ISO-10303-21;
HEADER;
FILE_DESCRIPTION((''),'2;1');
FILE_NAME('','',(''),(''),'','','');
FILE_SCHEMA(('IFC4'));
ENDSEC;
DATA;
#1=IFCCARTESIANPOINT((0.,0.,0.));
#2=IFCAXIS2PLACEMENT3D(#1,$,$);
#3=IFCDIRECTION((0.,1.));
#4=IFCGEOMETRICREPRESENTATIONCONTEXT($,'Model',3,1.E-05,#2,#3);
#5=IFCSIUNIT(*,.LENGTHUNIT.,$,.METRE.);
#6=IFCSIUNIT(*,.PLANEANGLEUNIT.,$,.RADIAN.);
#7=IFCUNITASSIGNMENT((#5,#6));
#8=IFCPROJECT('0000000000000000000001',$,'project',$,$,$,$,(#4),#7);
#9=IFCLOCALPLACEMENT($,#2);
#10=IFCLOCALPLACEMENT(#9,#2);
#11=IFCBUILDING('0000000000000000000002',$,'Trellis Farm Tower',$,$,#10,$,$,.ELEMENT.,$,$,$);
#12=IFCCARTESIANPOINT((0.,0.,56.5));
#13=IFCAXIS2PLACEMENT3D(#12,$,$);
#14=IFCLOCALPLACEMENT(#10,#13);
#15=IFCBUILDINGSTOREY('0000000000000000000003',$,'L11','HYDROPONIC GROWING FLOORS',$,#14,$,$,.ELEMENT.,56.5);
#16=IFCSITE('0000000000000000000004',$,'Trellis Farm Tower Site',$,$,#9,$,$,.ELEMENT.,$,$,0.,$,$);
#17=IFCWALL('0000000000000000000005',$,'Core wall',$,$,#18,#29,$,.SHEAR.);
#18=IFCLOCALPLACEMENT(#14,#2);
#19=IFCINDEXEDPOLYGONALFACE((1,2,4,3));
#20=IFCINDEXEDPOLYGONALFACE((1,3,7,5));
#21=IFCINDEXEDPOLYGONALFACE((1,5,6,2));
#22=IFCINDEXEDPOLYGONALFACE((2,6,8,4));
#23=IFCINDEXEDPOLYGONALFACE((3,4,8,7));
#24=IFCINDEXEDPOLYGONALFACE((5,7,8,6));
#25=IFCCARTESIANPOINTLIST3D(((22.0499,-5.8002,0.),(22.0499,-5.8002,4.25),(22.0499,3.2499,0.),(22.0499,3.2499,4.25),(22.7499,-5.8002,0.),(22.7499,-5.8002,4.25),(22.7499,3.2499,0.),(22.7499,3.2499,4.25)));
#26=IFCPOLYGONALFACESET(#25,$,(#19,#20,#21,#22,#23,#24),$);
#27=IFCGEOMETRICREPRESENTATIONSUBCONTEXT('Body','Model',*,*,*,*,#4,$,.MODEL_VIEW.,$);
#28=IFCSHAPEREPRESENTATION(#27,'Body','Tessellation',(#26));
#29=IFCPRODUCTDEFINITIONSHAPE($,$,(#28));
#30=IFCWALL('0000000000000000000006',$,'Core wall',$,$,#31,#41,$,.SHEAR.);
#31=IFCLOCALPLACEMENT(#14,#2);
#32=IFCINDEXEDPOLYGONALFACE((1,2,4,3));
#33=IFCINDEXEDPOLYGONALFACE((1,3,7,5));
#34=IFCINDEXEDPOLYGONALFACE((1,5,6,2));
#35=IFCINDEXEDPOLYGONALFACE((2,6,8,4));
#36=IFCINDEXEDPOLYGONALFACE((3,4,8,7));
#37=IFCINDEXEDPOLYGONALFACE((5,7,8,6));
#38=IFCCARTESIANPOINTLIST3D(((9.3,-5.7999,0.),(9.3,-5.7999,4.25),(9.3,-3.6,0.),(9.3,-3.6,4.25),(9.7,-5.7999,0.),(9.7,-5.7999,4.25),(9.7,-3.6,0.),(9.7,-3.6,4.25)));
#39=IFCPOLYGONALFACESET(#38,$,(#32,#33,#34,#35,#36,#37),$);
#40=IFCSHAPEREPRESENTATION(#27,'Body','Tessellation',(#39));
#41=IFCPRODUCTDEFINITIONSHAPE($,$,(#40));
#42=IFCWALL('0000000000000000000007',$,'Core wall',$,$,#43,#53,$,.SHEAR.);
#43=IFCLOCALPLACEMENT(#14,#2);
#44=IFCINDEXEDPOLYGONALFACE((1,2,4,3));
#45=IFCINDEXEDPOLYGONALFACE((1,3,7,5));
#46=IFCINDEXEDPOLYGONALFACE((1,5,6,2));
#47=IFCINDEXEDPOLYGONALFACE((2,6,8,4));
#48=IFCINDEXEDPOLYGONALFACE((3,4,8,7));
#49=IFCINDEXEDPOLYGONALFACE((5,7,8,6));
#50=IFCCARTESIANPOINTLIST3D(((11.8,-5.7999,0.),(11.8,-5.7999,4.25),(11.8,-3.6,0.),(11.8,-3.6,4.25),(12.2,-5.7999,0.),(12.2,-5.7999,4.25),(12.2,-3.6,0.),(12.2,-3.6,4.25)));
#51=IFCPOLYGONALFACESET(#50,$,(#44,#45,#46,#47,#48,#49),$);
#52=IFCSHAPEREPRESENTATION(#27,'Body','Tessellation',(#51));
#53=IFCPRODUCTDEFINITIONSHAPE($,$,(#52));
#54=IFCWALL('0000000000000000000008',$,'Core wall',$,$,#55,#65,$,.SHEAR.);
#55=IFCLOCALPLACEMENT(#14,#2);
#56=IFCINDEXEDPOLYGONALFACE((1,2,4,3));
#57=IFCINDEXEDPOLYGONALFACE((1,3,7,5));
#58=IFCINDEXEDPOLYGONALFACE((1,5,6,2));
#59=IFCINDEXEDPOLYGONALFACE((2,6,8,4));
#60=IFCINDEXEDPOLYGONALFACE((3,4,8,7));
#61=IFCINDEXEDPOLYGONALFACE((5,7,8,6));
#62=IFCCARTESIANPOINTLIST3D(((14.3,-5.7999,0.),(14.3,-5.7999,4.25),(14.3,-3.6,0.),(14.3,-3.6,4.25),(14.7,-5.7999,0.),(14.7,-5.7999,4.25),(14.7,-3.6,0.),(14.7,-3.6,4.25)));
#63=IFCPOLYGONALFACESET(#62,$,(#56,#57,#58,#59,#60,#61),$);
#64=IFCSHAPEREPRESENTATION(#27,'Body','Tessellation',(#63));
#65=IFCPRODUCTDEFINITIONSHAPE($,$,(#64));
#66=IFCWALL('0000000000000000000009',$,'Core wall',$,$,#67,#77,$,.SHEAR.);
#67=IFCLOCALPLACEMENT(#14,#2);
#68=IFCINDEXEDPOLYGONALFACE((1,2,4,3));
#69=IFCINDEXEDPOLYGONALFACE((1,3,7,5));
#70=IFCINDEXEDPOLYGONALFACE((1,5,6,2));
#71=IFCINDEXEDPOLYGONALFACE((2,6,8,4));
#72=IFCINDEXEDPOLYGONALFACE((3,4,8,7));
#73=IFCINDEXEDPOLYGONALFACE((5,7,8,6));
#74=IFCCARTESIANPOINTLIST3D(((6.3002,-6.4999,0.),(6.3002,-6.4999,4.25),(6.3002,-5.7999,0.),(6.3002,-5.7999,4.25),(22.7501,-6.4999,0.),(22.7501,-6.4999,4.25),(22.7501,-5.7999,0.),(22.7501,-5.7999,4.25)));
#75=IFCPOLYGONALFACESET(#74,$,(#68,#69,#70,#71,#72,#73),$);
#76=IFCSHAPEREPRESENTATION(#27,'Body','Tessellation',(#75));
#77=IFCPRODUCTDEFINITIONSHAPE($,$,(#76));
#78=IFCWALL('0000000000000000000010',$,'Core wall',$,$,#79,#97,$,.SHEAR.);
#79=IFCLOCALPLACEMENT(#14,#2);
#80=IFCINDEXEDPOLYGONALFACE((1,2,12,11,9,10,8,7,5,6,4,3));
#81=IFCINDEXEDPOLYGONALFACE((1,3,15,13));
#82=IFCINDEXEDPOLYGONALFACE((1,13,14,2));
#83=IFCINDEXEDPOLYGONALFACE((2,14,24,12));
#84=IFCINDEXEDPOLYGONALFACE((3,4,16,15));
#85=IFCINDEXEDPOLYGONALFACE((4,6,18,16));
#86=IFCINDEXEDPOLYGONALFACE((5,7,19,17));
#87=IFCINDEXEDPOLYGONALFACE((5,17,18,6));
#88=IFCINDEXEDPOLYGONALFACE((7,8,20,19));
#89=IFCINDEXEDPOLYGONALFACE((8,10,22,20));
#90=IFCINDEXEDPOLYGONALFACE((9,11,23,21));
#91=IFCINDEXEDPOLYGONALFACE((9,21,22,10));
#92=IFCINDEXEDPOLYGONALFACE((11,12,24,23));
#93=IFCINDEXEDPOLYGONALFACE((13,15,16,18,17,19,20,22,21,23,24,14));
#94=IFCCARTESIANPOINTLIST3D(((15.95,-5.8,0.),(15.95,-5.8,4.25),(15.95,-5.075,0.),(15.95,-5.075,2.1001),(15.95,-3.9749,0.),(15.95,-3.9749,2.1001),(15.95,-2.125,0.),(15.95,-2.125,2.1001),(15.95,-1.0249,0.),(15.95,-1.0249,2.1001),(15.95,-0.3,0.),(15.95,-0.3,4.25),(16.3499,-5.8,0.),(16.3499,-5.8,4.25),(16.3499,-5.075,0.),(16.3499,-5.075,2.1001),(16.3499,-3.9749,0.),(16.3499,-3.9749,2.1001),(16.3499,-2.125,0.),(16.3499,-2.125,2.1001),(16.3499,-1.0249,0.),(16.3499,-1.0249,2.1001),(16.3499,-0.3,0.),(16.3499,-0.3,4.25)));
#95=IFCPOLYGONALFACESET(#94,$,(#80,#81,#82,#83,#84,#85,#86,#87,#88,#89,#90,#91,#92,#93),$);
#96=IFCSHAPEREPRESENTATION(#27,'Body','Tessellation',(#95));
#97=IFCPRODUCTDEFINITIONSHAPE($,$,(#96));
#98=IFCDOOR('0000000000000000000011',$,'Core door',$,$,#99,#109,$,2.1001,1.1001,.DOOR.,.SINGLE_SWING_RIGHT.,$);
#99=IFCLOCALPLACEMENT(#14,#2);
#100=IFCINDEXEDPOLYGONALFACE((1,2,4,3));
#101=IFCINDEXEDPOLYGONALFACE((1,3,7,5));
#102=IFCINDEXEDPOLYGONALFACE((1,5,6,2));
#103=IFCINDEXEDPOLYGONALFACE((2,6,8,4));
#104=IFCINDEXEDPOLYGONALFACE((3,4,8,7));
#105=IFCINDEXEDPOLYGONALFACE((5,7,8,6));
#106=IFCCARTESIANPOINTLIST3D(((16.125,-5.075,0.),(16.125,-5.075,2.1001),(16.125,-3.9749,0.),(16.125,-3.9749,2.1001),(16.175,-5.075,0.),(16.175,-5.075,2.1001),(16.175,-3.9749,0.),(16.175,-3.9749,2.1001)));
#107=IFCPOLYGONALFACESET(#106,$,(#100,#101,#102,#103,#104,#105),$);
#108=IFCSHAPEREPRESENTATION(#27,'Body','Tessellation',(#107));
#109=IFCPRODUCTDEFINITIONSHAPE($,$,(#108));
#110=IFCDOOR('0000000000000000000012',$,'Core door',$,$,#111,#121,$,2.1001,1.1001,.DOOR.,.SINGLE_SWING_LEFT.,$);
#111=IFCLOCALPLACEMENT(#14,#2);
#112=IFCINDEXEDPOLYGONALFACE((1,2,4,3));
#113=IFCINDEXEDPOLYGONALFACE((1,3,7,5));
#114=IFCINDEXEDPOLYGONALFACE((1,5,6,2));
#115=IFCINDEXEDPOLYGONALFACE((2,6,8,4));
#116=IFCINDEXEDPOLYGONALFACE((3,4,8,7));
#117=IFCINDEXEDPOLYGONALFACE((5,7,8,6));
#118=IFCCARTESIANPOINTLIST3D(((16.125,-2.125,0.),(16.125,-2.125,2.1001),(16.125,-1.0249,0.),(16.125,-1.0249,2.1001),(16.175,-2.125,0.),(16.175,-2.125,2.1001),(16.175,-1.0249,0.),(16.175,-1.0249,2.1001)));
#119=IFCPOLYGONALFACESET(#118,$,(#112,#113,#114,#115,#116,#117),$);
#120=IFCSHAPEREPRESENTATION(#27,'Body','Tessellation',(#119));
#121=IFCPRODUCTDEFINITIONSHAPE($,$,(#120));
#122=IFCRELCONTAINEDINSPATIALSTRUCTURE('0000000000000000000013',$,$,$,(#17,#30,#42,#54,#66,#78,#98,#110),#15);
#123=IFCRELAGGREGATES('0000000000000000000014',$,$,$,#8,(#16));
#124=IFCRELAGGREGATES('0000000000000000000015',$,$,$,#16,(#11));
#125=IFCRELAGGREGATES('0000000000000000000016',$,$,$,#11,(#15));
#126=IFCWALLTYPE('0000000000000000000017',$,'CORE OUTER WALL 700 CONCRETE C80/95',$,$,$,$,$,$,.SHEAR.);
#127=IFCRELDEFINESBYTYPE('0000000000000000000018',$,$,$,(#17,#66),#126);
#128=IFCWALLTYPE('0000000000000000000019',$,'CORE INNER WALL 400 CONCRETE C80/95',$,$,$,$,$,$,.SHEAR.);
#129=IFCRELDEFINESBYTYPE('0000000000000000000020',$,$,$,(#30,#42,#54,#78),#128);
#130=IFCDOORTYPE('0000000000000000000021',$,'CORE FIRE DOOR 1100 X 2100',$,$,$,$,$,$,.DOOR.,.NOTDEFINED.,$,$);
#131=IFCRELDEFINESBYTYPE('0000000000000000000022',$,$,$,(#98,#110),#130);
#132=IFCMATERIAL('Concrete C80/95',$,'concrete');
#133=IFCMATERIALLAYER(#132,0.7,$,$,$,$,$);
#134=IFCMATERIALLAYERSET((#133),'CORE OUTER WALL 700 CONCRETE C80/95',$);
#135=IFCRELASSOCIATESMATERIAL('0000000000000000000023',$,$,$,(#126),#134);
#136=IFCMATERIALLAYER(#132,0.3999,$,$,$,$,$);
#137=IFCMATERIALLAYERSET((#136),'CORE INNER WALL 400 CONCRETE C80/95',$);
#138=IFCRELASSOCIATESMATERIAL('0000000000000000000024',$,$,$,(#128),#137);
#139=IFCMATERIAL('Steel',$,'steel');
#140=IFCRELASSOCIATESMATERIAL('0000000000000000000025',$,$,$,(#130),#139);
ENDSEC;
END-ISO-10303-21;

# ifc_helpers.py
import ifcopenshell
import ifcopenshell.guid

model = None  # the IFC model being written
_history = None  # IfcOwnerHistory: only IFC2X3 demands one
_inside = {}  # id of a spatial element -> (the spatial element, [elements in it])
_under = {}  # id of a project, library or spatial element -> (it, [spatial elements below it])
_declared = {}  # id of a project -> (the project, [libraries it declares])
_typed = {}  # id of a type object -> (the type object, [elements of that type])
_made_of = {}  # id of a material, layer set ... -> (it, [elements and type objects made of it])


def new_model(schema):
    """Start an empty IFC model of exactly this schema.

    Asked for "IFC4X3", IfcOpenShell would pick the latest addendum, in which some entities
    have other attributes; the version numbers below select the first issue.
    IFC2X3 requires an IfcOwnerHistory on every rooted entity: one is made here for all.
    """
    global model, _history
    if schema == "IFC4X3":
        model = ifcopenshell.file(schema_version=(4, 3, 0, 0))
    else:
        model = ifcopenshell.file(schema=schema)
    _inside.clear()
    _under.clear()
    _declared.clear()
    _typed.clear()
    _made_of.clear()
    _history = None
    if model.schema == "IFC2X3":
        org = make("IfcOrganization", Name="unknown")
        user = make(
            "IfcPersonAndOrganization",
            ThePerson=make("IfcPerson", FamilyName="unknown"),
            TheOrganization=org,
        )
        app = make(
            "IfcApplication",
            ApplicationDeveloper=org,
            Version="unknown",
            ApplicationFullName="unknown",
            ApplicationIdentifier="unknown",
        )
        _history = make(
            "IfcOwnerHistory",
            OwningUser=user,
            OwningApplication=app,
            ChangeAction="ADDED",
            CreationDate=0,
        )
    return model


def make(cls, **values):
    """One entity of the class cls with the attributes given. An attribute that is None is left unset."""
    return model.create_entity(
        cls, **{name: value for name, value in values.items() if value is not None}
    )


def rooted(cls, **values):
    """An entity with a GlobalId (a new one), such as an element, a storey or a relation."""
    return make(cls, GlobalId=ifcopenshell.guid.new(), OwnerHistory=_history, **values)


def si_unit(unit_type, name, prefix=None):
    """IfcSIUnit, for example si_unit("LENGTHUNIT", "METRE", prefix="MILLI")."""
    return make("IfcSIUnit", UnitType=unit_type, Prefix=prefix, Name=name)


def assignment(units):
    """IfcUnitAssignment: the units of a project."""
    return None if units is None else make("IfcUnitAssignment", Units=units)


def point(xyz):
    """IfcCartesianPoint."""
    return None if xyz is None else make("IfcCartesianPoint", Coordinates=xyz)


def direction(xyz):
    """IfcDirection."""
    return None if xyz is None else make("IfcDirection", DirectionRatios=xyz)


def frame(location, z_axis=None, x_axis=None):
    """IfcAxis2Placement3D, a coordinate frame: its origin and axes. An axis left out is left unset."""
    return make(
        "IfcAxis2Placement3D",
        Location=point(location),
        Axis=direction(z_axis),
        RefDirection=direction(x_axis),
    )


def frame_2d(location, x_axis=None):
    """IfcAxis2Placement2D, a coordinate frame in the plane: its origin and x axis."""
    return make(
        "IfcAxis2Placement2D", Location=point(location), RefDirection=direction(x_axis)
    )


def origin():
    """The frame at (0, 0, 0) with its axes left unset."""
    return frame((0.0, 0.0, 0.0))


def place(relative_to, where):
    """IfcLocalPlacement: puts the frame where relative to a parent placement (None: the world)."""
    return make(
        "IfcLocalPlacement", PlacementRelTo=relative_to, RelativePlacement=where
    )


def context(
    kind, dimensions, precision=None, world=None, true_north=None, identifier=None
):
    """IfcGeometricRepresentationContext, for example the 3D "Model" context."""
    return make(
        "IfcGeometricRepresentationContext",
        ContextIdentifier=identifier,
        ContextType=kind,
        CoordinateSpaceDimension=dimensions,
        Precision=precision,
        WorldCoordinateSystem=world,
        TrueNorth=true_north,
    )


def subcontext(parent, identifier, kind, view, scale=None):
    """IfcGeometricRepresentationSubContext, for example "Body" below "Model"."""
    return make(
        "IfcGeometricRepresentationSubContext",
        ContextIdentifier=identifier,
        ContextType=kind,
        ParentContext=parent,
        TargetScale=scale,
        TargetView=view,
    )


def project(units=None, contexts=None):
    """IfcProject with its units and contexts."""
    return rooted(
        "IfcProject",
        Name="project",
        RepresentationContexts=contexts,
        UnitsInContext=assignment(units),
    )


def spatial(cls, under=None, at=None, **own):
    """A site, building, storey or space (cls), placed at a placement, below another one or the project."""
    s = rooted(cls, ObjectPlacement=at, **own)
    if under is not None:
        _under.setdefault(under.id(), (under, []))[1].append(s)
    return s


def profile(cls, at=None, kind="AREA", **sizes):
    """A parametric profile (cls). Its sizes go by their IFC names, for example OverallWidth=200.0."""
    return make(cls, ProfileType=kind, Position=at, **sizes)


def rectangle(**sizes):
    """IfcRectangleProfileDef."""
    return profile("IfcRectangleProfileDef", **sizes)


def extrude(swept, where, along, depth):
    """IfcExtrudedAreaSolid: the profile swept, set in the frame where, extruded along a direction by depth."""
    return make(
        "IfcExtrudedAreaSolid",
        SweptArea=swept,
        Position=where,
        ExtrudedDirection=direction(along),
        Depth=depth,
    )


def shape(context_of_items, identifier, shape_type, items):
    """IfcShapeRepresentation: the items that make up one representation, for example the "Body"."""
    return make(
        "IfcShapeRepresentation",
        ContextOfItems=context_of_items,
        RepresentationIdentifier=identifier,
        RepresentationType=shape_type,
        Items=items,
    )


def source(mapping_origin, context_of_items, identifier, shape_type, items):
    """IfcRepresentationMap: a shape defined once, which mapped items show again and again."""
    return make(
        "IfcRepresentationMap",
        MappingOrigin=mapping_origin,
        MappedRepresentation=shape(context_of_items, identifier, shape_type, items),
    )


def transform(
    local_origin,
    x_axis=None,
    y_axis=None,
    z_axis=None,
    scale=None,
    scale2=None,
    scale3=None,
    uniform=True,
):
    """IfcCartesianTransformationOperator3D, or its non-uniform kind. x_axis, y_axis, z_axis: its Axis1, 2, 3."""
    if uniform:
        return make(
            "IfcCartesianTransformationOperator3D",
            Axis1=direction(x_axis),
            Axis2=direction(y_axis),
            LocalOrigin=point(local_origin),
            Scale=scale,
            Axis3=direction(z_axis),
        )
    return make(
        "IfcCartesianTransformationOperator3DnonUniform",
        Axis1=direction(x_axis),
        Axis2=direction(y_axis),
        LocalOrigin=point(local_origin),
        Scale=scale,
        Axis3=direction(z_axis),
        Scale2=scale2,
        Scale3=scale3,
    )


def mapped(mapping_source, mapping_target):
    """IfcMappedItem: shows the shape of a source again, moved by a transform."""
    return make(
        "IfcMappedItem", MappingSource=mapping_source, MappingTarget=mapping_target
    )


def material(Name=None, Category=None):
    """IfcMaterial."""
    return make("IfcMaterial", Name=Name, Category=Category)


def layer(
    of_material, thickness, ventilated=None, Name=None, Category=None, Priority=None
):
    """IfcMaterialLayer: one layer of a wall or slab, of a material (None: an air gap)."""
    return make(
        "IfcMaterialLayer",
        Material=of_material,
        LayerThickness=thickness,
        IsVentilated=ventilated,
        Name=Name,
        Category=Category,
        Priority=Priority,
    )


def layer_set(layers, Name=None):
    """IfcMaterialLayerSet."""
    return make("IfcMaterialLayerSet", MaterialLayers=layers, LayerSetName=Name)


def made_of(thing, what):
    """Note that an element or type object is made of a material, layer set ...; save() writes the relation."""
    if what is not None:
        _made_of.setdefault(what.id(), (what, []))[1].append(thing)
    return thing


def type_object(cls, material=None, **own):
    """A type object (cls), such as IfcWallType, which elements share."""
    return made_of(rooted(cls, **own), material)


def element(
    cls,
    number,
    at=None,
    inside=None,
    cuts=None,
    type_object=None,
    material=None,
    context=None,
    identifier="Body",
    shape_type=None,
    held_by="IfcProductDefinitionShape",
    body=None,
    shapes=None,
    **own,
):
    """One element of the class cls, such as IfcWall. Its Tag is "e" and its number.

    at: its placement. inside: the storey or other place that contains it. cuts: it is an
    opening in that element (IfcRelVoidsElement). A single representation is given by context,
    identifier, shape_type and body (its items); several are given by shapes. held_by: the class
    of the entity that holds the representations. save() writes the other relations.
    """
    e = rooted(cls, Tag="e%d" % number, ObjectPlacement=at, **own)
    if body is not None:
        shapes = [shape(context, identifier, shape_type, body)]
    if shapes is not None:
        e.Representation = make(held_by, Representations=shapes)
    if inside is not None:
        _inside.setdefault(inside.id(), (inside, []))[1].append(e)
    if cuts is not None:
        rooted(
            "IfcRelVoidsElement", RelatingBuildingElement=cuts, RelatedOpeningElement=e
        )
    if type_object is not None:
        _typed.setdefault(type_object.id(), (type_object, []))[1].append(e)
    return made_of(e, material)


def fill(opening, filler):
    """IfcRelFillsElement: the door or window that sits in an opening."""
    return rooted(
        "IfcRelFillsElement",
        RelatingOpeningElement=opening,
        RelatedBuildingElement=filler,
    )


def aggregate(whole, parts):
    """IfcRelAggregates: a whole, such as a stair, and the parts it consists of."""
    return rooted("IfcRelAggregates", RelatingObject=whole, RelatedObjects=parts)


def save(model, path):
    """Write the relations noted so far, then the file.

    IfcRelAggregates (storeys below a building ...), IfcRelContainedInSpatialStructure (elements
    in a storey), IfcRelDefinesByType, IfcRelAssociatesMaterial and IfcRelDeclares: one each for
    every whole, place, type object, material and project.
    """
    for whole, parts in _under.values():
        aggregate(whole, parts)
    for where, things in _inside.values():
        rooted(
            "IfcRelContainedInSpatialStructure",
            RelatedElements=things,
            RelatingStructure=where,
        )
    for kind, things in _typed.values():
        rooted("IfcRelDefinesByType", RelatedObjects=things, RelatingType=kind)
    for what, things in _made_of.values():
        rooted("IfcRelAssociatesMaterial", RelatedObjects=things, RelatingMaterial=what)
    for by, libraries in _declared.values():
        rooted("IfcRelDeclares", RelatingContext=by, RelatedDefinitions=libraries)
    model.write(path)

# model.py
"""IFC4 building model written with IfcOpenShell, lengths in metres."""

from ifc_helpers import new_model, si_unit, direction, frame, frame_2d, origin, place, context, subcontext, project, spatial, rectangle, extrude, source, transform, mapped, material, layer, layer_set, type_object, element, fill, save


model = new_model("IFC4")

# Units and contexts
model_context = context("Model", 3, precision=1e-05, world=origin(), true_north=direction((0.0, 1.0)))
body_context = subcontext(model_context, "Body", "Model", "MODEL_VIEW")
ifc_project = project(units=[si_unit("LENGTHUNIT", "METRE"), si_unit("PLANEANGLEUNIT", "RADIAN")], contexts=[model_context])

# Site, building, storey
site_placement = place(None, origin())
site = spatial("IfcSite", under=ifc_project, at=site_placement, Name="Trellis Farm Tower Site", CompositionType="ELEMENT", RefElevation=0.0)
building_placement = place(site_placement, origin())
building = spatial("IfcBuilding", under=site, at=building_placement, Name="Trellis Farm Tower", CompositionType="ELEMENT")
storey_placement = place(building_placement, frame((0.0, 0.0, 56.5)))
storey = spatial("IfcBuildingStorey", under=building, at=storey_placement, Name="L11", Description="HYDROPONIC GROWING FLOORS", CompositionType="ELEMENT", Elevation=56.5)

# Shared definitions
ifc_material_1 = material(Name="Concrete C80/95", Category="concrete")

# Shared definitions
ifc_layer_1 = layer(ifc_material_1, 0.7)
ifc_layer_set_1 = layer_set([ifc_layer_1], Name="CORE OUTER WALL 700 CONCRETE C80/95")
wall_type_1 = type_object("IfcWallType", Name="CORE OUTER WALL 700 CONCRETE C80/95", PredefinedType="SHEAR", material=ifc_layer_set_1)
shared_shape_1 = source(origin(), body_context, "Body", "SweptSolid", [
    extrude(rectangle(XDim=9.05, YDim=0.7, at=frame_2d((4.5249, 0.0))), origin(), (0.0, 0.0, 1.0), 4.25),
])
ifc_material_2 = material(Name="Steel", Category="steel")

# Walls
wall_1_placement = place(storey_placement, frame((22.3999, -5.8, 0.0), z_axis=(0.0, 0.0, 1.0), x_axis=(0.0, 1.0, 0.0)))
element("IfcWall", 1, at=wall_1_placement, inside=storey, type_object=wall_type_1, Name="Core wall", PredefinedType="SHEAR", context=body_context, shape_type="MappedRepresentation", body=[
    mapped(shared_shape_1, transform((0.0, 0.0, 0.0))),
])
ifc_layer_2 = layer(ifc_material_1, 0.3999)
ifc_layer_set_2 = layer_set([ifc_layer_2], Name="CORE INNER WALL 400 CONCRETE C80/95")
wall_type_2 = type_object("IfcWallType", Name="CORE INNER WALL 400 CONCRETE C80/95", PredefinedType="SHEAR", material=ifc_layer_set_2)
shared_shape_2 = source(origin(), body_context, "Body", "SweptSolid", [
    extrude(rectangle(XDim=2.2, YDim=0.3999, at=frame_2d((1.1001, 0.0))), origin(), (0.0, 0.0, 1.0), 4.25),
])
for number, where, z_axis, x_axis, name in (
    (2, (9.5, -5.8, 0.0), (0.0, 0.0, 1.0), (0.0, 1.0, 0.0), "Core wall"),
    (3, (12.0, -5.8, 0.0), (0.0, 0.0, 1.0), (0.0, 1.0, 0.0), "Core wall"),
    (4, (14.5, -5.8, 0.0), (0.0, 0.0, 1.0), (0.0, 1.0, 0.0), "Core wall"),
):
    element("IfcWall", number, at=place(storey_placement, frame(where, z_axis=z_axis, x_axis=x_axis)), inside=storey, type_object=wall_type_2, Name=name, PredefinedType="SHEAR", context=body_context, shape_type="MappedRepresentation", body=[
        mapped(shared_shape_2, transform((0.0, 0.0, 0.0))),
    ])
shared_shape_3 = source(origin(), body_context, "Body", "SweptSolid", [
    extrude(rectangle(XDim=16.45, YDim=0.7, at=frame_2d((8.2251, 0.0))), origin(), (0.0, 0.0, 1.0), 4.25),
])
wall_2_placement = place(storey_placement, frame((6.3, -6.1499, 0.0), z_axis=(0.0, 0.0, 1.0), x_axis=(1.0, 0.0, 0.0)))
element("IfcWall", 5, at=wall_2_placement, inside=storey, type_object=wall_type_1, Name="Core wall", PredefinedType="SHEAR", context=body_context, shape_type="MappedRepresentation", body=[
    mapped(shared_shape_3, transform((0.0, 0.0, 0.0))),
])

# Wall, openings, doors
shared_shape_4 = source(origin(), body_context, "Body", "SweptSolid", [
    extrude(rectangle(XDim=5.5, YDim=0.3999, at=frame_2d((2.75, 0.0))), origin(), (0.0, 0.0, 1.0), 4.25),
])
wall_3_placement = place(storey_placement, frame((16.1499, -5.8, 0.0), z_axis=(0.0, 0.0, 1.0), x_axis=(0.0, 1.0, 0.0)))
wall_3 = element("IfcWall", 6, at=wall_3_placement, inside=storey, type_object=wall_type_2, Name="Core wall", PredefinedType="SHEAR", context=body_context, shape_type="MappedRepresentation", body=[
    mapped(shared_shape_4, transform((0.0, 0.0, 0.0))),
])
shared_shape_5 = source(origin(), body_context, "Body", "SweptSolid", [
    extrude(rectangle(XDim=1.1001, YDim=2.1001, at=frame_2d((0.55, 1.05))), frame((0.0, 0.21, 0.0), z_axis=(0.0, -1.0, 0.0), x_axis=(1.0, 0.0, 0.0)), (0.0, 0.0, 1.0), 0.4199),
])
opening_1_placement = place(wall_3_placement, frame((0.7251, 0.0, 0.0)))
opening_1 = element("IfcOpeningElement", 7, at=opening_1_placement, cuts=wall_3, PredefinedType="OPENING", context=body_context, shape_type="MappedRepresentation", body=[
    mapped(shared_shape_5, transform((0.0, 0.0, 0.0))),
])
opening_2_placement = place(wall_3_placement, frame((3.675, 0.0, 0.0)))
opening_2 = element("IfcOpeningElement", 8, at=opening_2_placement, cuts=wall_3, PredefinedType="OPENING", context=body_context, shape_type="MappedRepresentation", body=[
    mapped(shared_shape_5, transform((0.0, 0.0, 0.0))),
])
door_type_1 = type_object("IfcDoorType", Name="CORE FIRE DOOR 1100 X 2100", OperationType="NOTDEFINED", PredefinedType="DOOR", material=ifc_material_2)
shared_shape_6 = source(origin(), body_context, "Body", "SweptSolid", [
    extrude(rectangle(XDim=1.1001, YDim=2.1001, at=frame_2d((0.55, 1.05))), frame((0.0, 0.0249, 0.0), z_axis=(0.0, -1.0, 0.0), x_axis=(1.0, 0.0, 0.0)), (0.0, 0.0, 1.0), 0.05),
])
door_1_placement = place(opening_1_placement, origin())
door_1 = element("IfcDoor", 9, at=door_1_placement, inside=storey, type_object=door_type_1, Name="Core door", OperationType="SINGLE_SWING_RIGHT", OverallHeight=2.1001, OverallWidth=1.1001, PredefinedType="DOOR", context=body_context, shape_type="MappedRepresentation", body=[
    mapped(shared_shape_6, transform((0.0, 0.0, 0.0))),
])
fill(opening_1, door_1)
door_2_placement = place(opening_2_placement, origin())
door_2 = element("IfcDoor", 10, at=door_2_placement, inside=storey, type_object=door_type_1, Name="Core door", OperationType="SINGLE_SWING_LEFT", OverallHeight=2.1001, OverallWidth=1.1001, PredefinedType="DOOR", context=body_context, shape_type="MappedRepresentation", body=[
    mapped(shared_shape_6, transform((0.0, 0.0, 0.0))),
])
fill(opening_2, door_2)

save(model, "model.ifc")
